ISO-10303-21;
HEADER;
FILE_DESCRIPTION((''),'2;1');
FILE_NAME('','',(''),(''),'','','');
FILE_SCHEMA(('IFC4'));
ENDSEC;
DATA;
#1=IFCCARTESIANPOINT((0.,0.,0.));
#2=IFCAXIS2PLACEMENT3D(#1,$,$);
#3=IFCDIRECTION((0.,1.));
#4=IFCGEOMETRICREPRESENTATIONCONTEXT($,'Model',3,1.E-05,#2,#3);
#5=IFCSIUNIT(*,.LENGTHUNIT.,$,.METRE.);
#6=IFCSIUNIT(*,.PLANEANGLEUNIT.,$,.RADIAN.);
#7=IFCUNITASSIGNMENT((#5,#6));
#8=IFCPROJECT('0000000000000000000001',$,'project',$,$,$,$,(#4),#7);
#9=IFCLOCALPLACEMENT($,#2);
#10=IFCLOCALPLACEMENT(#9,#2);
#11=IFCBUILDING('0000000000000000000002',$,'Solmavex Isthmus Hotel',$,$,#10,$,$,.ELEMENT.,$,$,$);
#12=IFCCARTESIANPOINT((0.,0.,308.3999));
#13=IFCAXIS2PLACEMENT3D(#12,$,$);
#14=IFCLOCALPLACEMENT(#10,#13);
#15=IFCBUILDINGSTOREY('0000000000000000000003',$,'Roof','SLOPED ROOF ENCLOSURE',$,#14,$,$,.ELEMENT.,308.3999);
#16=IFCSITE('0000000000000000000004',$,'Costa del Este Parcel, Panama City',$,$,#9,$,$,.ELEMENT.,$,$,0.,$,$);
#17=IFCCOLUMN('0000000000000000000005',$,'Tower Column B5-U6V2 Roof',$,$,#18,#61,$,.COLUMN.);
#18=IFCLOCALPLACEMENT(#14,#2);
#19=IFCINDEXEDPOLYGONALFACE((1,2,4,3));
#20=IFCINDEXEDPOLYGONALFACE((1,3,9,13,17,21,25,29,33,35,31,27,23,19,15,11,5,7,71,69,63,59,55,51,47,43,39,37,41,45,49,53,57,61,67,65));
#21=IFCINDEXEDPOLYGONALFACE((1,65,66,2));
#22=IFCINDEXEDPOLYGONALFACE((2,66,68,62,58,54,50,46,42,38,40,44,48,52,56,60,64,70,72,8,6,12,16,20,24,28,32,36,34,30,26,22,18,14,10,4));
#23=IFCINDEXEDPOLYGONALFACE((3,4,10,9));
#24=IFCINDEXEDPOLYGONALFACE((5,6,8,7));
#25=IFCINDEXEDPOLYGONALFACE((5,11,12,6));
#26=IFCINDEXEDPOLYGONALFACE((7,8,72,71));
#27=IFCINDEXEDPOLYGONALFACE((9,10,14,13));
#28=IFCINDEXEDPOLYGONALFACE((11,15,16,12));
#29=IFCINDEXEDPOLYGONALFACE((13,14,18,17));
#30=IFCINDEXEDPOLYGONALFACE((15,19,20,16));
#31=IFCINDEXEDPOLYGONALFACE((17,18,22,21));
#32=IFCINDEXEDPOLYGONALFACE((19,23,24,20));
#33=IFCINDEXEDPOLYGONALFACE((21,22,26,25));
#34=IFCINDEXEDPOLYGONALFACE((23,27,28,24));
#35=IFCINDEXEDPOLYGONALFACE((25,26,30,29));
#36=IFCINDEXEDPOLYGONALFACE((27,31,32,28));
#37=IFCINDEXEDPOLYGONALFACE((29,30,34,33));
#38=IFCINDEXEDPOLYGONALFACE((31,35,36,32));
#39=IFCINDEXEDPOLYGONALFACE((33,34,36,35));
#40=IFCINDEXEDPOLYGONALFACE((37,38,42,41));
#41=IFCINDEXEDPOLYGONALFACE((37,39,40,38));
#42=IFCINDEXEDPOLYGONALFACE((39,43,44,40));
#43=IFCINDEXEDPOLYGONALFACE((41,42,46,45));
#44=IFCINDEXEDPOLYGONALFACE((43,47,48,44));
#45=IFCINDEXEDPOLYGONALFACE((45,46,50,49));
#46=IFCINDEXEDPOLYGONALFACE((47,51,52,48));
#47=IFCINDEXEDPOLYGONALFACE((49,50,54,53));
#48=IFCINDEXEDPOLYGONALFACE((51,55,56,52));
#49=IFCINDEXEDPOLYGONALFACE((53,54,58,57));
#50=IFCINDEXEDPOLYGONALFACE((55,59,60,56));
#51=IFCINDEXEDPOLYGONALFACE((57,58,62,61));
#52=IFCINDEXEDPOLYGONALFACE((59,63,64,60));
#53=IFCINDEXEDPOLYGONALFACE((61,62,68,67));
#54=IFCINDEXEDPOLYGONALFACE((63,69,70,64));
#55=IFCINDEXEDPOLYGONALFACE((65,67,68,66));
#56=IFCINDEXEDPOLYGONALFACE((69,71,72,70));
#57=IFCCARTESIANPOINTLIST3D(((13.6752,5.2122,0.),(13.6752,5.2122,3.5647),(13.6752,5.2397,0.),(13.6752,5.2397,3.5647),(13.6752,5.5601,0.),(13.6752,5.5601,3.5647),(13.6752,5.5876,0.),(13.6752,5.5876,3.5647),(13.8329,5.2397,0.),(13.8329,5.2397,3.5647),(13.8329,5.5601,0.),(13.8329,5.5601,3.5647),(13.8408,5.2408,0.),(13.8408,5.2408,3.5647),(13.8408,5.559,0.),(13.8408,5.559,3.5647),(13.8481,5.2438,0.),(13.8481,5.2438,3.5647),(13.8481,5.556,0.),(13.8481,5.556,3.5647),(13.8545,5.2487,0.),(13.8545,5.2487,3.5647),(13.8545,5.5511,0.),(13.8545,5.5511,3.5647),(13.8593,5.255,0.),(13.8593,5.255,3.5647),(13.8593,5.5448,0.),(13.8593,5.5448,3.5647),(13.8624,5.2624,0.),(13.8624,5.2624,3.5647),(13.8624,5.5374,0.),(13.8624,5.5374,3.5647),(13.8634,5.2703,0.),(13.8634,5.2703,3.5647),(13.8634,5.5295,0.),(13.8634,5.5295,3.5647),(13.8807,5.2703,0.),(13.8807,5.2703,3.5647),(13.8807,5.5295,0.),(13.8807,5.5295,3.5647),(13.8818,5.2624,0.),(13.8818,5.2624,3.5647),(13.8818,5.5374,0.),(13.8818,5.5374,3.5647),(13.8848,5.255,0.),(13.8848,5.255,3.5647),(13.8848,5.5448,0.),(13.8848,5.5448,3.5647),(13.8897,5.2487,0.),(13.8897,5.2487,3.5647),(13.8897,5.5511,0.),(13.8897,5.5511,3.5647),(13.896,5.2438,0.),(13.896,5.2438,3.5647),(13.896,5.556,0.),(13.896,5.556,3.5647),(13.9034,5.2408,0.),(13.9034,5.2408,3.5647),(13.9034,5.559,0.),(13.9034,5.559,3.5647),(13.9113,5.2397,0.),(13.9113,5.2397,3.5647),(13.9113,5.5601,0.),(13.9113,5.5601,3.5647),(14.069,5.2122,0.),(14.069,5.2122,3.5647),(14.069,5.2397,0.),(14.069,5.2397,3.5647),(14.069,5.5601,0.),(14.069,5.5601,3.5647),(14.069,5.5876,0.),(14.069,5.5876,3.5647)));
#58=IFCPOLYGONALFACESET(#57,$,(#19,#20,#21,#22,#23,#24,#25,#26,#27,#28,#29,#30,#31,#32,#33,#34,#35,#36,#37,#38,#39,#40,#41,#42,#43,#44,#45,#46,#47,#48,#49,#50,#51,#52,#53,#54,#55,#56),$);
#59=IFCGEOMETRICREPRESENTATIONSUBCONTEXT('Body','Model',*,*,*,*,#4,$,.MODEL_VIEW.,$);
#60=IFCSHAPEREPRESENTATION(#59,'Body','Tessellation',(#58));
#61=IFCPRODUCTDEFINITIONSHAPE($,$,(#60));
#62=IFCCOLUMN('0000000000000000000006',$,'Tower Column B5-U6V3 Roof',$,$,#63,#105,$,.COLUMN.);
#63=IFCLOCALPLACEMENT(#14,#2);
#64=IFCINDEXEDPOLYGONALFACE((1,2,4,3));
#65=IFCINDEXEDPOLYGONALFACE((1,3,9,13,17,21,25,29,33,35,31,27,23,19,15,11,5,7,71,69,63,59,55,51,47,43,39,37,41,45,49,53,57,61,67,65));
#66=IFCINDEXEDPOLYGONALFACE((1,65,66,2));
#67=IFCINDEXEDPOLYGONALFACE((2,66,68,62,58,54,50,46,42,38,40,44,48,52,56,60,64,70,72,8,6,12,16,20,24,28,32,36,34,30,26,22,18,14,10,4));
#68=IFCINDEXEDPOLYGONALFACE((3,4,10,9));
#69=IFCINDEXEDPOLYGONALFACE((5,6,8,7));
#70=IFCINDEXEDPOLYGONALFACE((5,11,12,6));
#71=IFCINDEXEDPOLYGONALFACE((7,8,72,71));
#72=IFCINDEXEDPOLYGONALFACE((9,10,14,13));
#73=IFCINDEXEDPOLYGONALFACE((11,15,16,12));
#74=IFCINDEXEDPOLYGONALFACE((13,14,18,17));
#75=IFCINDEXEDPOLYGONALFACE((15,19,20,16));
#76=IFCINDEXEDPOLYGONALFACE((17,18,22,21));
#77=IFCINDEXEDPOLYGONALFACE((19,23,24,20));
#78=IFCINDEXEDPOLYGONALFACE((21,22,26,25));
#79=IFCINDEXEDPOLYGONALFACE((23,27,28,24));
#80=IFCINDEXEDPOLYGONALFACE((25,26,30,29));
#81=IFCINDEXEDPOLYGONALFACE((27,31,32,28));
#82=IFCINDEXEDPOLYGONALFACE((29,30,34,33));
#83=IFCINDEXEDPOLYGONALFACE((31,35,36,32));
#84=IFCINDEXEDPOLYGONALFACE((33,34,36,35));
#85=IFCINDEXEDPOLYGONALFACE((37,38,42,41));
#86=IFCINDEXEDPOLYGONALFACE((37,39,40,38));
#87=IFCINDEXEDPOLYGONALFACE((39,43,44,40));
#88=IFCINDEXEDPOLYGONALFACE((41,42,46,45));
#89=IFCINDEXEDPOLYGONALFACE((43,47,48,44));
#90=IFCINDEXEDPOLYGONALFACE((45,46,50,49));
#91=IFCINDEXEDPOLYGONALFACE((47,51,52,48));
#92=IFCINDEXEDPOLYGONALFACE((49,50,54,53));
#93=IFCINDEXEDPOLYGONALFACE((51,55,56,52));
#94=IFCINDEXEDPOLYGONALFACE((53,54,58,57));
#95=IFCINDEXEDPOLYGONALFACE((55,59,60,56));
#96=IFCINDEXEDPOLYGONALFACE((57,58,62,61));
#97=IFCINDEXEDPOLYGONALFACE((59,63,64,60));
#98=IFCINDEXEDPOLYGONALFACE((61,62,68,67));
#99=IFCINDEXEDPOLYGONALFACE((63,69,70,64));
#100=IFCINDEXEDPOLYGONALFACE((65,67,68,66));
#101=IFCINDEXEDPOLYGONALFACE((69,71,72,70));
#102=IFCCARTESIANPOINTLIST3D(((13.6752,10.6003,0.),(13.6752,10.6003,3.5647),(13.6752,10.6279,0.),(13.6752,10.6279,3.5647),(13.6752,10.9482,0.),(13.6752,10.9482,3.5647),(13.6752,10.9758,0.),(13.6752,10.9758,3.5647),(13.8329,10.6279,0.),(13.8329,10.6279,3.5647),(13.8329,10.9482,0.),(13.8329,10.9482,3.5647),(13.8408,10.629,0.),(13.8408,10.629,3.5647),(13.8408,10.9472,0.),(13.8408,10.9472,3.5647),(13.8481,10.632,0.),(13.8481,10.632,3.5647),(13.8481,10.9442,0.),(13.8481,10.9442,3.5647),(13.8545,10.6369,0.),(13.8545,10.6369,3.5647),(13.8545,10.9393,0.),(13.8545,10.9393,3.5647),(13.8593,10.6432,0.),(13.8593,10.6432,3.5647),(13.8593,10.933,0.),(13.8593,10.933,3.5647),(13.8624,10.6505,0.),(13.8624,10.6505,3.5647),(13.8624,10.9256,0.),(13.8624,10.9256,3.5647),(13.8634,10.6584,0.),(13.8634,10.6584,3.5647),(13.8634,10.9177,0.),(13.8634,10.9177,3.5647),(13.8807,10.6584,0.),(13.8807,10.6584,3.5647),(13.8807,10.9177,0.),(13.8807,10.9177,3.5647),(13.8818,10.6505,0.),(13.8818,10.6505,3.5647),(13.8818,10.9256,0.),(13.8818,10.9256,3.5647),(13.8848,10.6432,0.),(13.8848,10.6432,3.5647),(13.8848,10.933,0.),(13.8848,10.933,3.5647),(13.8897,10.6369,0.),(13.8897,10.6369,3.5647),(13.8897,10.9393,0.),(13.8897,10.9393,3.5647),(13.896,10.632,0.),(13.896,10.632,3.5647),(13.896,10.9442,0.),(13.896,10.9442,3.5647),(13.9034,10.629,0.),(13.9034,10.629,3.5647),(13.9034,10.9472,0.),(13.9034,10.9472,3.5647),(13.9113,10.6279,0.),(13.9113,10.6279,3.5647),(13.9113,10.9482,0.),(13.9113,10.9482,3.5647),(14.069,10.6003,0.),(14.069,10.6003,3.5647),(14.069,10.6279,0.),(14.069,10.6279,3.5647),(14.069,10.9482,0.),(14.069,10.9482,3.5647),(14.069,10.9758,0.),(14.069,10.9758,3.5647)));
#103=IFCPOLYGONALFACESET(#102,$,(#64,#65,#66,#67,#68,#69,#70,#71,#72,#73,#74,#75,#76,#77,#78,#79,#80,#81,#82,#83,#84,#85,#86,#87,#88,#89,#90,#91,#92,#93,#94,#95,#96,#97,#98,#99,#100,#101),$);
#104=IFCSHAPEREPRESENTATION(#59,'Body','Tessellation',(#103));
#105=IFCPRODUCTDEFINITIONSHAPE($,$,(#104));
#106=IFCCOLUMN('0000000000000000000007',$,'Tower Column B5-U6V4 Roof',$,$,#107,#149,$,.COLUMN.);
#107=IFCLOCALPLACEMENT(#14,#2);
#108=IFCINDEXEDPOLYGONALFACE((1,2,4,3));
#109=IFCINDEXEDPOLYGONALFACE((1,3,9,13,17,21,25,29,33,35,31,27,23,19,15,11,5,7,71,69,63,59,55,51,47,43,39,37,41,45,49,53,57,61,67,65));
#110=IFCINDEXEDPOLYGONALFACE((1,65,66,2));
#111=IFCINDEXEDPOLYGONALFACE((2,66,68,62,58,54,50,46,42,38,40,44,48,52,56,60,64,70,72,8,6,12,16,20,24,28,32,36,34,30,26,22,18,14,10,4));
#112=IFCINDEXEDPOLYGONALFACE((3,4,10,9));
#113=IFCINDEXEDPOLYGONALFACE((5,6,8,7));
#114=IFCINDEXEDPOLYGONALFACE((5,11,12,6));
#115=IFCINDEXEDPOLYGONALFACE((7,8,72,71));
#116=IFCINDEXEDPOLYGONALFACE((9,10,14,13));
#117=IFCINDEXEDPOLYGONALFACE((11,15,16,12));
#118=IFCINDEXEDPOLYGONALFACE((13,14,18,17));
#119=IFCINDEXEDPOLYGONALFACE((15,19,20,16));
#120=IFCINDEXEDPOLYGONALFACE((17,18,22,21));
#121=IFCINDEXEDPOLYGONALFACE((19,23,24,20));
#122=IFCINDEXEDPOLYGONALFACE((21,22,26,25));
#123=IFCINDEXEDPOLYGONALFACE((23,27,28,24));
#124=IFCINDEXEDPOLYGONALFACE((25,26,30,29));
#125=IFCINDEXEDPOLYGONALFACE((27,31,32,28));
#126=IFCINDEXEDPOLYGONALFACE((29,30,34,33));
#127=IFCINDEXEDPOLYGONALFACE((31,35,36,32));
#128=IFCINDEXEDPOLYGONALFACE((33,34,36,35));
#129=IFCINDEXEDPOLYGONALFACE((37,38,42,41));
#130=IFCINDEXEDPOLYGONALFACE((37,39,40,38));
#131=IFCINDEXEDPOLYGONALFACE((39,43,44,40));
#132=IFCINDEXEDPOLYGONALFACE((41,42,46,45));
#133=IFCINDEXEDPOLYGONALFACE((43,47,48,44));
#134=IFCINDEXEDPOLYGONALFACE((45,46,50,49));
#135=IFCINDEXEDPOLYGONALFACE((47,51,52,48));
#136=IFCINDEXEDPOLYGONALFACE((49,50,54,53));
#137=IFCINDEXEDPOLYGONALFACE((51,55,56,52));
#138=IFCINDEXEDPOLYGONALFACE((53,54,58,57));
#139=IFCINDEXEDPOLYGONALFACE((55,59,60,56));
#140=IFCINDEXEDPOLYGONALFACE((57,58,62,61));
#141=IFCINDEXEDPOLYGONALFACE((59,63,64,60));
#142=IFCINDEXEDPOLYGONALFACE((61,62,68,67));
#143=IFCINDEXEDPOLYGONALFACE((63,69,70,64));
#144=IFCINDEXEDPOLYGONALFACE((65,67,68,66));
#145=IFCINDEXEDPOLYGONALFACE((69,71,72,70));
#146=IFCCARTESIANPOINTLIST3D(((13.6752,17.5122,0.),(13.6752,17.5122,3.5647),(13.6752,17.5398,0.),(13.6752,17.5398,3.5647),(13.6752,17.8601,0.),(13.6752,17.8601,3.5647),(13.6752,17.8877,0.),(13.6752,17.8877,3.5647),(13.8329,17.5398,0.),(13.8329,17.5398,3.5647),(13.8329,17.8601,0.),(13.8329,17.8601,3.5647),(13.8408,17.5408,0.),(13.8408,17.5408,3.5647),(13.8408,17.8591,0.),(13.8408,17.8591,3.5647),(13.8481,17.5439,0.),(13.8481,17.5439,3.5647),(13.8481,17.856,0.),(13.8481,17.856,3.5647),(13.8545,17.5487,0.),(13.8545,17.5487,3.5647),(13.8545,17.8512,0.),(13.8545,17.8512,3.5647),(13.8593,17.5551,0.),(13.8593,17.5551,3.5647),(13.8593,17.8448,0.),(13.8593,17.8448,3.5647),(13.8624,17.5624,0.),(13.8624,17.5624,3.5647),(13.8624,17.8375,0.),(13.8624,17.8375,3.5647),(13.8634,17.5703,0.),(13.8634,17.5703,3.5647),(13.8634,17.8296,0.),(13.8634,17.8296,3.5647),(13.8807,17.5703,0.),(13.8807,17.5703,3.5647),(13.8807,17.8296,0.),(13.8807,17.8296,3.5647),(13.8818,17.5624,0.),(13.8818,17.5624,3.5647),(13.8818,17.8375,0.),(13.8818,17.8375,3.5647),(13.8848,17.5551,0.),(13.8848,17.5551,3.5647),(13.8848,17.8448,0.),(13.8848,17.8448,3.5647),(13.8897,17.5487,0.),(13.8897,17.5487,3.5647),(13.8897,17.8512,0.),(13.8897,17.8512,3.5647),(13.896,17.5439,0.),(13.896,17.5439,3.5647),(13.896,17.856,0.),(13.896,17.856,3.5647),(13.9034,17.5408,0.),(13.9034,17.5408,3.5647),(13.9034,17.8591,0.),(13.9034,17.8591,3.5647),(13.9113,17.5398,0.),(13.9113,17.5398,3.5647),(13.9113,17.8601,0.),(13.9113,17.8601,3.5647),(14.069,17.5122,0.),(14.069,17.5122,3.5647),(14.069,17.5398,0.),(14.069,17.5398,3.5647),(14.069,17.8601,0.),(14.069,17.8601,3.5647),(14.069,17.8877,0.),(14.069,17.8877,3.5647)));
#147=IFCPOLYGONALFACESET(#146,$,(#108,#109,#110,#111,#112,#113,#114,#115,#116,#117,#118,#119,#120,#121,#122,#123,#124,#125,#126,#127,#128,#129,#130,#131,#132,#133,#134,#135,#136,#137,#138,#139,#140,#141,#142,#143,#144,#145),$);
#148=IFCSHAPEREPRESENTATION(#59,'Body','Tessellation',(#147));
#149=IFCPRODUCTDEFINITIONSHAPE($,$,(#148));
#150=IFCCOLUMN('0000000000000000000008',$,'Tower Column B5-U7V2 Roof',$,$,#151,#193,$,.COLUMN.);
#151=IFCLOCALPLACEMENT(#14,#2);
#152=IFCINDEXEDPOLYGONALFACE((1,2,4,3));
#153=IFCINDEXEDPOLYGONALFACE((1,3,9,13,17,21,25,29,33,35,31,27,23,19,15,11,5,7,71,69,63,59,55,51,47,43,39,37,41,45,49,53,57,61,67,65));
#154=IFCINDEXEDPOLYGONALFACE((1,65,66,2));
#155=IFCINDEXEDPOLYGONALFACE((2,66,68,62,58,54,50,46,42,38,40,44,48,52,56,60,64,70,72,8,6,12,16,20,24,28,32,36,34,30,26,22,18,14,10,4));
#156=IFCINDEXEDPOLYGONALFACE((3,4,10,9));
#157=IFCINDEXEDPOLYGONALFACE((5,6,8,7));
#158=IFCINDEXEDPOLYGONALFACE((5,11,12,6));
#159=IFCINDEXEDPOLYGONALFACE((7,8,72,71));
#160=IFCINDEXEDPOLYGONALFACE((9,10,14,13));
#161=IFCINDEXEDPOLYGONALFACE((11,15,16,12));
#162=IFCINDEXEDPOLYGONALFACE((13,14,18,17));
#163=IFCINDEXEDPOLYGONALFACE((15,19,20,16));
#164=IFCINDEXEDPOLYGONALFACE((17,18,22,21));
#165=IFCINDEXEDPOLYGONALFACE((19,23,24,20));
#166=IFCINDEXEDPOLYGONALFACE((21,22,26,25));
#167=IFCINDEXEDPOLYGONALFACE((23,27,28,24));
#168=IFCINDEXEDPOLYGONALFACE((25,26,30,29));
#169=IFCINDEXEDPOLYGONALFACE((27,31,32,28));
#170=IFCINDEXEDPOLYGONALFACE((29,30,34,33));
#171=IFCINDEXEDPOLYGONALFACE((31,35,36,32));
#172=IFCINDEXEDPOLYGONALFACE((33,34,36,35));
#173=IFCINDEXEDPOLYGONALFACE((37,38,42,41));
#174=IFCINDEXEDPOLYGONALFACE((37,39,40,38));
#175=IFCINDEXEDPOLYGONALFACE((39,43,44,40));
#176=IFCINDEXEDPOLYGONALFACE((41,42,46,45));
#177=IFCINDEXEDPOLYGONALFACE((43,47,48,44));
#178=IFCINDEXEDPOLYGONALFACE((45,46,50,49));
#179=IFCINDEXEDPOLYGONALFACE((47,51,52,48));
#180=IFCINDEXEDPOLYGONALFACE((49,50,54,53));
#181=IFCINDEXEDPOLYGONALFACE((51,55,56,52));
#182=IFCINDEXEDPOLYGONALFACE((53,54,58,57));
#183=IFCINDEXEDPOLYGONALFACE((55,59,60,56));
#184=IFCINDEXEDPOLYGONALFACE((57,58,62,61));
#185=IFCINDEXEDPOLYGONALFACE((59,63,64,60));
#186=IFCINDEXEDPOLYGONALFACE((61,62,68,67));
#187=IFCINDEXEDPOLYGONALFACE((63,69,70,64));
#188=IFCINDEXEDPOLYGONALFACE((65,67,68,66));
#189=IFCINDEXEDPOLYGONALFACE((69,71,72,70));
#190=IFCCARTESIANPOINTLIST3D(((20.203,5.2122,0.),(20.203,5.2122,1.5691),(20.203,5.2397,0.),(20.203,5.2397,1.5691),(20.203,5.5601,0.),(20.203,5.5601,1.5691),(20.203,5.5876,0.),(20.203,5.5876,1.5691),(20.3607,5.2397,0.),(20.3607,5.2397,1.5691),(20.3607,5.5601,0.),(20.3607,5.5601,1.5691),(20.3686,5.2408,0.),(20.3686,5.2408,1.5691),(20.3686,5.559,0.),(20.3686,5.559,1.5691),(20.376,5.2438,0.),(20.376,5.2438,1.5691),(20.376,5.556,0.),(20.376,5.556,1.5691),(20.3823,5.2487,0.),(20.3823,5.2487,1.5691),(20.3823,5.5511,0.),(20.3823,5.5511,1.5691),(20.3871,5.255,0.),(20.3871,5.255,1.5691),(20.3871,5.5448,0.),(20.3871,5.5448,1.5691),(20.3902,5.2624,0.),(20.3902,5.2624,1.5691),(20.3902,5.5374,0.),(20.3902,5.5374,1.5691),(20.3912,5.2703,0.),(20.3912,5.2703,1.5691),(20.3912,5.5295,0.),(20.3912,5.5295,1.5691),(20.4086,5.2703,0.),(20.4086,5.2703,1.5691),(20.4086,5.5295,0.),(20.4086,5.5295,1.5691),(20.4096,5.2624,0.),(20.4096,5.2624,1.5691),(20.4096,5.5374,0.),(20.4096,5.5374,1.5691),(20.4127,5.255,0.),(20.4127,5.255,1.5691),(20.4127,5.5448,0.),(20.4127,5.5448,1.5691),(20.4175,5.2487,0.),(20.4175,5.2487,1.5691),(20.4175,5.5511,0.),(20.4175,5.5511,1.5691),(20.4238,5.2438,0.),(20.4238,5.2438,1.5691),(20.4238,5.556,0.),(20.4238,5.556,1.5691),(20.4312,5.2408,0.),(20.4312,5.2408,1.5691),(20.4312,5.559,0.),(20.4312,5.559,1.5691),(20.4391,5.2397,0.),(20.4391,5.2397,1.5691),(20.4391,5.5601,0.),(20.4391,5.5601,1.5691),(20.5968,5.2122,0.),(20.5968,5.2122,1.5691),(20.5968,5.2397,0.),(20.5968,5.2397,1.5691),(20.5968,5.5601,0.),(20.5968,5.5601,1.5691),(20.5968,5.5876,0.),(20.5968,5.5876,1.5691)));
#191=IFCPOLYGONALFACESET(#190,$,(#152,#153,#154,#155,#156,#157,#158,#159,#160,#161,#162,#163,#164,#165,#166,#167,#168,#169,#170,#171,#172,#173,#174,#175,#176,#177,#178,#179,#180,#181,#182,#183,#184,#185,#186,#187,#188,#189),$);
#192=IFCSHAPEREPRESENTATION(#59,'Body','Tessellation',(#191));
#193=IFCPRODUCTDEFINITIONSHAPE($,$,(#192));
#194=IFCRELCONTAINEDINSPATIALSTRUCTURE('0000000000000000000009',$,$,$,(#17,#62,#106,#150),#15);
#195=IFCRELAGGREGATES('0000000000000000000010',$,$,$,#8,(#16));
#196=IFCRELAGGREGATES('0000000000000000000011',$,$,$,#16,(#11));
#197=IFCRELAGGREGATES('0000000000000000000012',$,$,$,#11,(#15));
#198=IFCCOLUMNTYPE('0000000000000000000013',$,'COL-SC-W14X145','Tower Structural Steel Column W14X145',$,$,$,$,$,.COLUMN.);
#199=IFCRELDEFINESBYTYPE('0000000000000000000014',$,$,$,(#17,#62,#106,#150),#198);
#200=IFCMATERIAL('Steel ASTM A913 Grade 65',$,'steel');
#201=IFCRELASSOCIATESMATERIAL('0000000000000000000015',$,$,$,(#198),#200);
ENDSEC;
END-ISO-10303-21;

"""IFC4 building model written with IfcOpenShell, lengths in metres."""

from ifc_helpers import new_model, si_unit, direction, frame, origin, origin_2d, place, context, subcontext, project, spatial, i_section, extrude, material, material_profile, profile_set, type_object, element, save


model = new_model("IFC4")

# Units and contexts
model_context = context("Model", 3, precision=1e-05, world=origin(), true_north=direction((0.0, 1.0)))
body_context = subcontext(model_context, "Body", "Model", "MODEL_VIEW")
ifc_project = project(units=[si_unit("LENGTHUNIT", "METRE"), si_unit("PLANEANGLEUNIT", "RADIAN")], contexts=[model_context])

# Site, building, storey
site_placement = place(None, origin())
site = spatial("IfcSite", under=ifc_project, at=site_placement, Name="Costa del Este Parcel, Panama City", CompositionType="ELEMENT", RefElevation=0.0)
building_placement = place(site_placement, origin())
building = spatial("IfcBuilding", under=site, at=building_placement, Name="Solmavex Isthmus Hotel", CompositionType="ELEMENT")
storey_placement = place(building_placement, frame((0.0, 0.0, 308.3999)))
storey = spatial("IfcBuildingStorey", under=building, at=storey_placement, Name="Roof", Description="SLOPED ROOF ENCLOSURE", CompositionType="ELEMENT", Elevation=308.3999)

# Columns
ifc_material_1 = material(Name="Steel ASTM A913 Grade 65", Category="steel")
ifc_material_profile_1 = material_profile(ifc_material_1, i_section(OverallWidth=0.3938, OverallDepth=0.3755, WebThickness=0.0173, FlangeThickness=0.0276, FilletRadius=0.0305, at=origin_2d()), Name="W14X145")
ifc_profile_set_1 = profile_set([ifc_material_profile_1], Name="Steel ASTM A913 Grade 65")
column_type = type_object("IfcColumnType", Name="COL-SC-W14X145", Description="Tower Structural Steel Column W14X145", PredefinedType="COLUMN", material=ifc_profile_set_1)
for number, where, z_axis, x_axis, name in (
    (1, (13.8721, 5.3999, 0.0), (0.0, 0.0, 1.0), (1.0, 0.0, 0.0), "Tower Column B5-U6V2 Roof"),
    (2, (13.8721, 10.7881, 0.0), (0.0, 0.0, 1.0), (1.0, 0.0, 0.0), "Tower Column B5-U6V3 Roof"),
    (3, (13.8721, 17.7, 0.0), (0.0, 0.0, 1.0), (1.0, 0.0, 0.0), "Tower Column B5-U6V4 Roof"),
):
    element("IfcColumn", number, at=place(storey_placement, frame(where, z_axis=z_axis, x_axis=x_axis)), inside=storey, type_object=column_type, Name=name, PredefinedType="COLUMN", context=body_context, shape_type="SweptSolid", body=[
        extrude(i_section(OverallWidth=0.3938, OverallDepth=0.3755, WebThickness=0.0173, FlangeThickness=0.0276, FilletRadius=0.0305, at=origin_2d()), origin(), (0.0, 0.0, 1.0), 3.5647),
    ])
for number, where, z_axis, x_axis, name in (
    (4, (20.3999, 5.3999, 0.0), (0.0, 0.0, 1.0), (1.0, 0.0, 0.0), "Tower Column B5-U7V2 Roof"),
):
    element("IfcColumn", number, at=place(storey_placement, frame(where, z_axis=z_axis, x_axis=x_axis)), inside=storey, type_object=column_type, Name=name, PredefinedType="COLUMN", context=body_context, shape_type="SweptSolid", body=[
        extrude(i_section(OverallWidth=0.3938, OverallDepth=0.3755, WebThickness=0.0173, FlangeThickness=0.0276, FilletRadius=0.0305, at=origin_2d()), origin(), (0.0, 0.0, 1.0), 1.5691),
    ])

save(model, "model.ifc")
